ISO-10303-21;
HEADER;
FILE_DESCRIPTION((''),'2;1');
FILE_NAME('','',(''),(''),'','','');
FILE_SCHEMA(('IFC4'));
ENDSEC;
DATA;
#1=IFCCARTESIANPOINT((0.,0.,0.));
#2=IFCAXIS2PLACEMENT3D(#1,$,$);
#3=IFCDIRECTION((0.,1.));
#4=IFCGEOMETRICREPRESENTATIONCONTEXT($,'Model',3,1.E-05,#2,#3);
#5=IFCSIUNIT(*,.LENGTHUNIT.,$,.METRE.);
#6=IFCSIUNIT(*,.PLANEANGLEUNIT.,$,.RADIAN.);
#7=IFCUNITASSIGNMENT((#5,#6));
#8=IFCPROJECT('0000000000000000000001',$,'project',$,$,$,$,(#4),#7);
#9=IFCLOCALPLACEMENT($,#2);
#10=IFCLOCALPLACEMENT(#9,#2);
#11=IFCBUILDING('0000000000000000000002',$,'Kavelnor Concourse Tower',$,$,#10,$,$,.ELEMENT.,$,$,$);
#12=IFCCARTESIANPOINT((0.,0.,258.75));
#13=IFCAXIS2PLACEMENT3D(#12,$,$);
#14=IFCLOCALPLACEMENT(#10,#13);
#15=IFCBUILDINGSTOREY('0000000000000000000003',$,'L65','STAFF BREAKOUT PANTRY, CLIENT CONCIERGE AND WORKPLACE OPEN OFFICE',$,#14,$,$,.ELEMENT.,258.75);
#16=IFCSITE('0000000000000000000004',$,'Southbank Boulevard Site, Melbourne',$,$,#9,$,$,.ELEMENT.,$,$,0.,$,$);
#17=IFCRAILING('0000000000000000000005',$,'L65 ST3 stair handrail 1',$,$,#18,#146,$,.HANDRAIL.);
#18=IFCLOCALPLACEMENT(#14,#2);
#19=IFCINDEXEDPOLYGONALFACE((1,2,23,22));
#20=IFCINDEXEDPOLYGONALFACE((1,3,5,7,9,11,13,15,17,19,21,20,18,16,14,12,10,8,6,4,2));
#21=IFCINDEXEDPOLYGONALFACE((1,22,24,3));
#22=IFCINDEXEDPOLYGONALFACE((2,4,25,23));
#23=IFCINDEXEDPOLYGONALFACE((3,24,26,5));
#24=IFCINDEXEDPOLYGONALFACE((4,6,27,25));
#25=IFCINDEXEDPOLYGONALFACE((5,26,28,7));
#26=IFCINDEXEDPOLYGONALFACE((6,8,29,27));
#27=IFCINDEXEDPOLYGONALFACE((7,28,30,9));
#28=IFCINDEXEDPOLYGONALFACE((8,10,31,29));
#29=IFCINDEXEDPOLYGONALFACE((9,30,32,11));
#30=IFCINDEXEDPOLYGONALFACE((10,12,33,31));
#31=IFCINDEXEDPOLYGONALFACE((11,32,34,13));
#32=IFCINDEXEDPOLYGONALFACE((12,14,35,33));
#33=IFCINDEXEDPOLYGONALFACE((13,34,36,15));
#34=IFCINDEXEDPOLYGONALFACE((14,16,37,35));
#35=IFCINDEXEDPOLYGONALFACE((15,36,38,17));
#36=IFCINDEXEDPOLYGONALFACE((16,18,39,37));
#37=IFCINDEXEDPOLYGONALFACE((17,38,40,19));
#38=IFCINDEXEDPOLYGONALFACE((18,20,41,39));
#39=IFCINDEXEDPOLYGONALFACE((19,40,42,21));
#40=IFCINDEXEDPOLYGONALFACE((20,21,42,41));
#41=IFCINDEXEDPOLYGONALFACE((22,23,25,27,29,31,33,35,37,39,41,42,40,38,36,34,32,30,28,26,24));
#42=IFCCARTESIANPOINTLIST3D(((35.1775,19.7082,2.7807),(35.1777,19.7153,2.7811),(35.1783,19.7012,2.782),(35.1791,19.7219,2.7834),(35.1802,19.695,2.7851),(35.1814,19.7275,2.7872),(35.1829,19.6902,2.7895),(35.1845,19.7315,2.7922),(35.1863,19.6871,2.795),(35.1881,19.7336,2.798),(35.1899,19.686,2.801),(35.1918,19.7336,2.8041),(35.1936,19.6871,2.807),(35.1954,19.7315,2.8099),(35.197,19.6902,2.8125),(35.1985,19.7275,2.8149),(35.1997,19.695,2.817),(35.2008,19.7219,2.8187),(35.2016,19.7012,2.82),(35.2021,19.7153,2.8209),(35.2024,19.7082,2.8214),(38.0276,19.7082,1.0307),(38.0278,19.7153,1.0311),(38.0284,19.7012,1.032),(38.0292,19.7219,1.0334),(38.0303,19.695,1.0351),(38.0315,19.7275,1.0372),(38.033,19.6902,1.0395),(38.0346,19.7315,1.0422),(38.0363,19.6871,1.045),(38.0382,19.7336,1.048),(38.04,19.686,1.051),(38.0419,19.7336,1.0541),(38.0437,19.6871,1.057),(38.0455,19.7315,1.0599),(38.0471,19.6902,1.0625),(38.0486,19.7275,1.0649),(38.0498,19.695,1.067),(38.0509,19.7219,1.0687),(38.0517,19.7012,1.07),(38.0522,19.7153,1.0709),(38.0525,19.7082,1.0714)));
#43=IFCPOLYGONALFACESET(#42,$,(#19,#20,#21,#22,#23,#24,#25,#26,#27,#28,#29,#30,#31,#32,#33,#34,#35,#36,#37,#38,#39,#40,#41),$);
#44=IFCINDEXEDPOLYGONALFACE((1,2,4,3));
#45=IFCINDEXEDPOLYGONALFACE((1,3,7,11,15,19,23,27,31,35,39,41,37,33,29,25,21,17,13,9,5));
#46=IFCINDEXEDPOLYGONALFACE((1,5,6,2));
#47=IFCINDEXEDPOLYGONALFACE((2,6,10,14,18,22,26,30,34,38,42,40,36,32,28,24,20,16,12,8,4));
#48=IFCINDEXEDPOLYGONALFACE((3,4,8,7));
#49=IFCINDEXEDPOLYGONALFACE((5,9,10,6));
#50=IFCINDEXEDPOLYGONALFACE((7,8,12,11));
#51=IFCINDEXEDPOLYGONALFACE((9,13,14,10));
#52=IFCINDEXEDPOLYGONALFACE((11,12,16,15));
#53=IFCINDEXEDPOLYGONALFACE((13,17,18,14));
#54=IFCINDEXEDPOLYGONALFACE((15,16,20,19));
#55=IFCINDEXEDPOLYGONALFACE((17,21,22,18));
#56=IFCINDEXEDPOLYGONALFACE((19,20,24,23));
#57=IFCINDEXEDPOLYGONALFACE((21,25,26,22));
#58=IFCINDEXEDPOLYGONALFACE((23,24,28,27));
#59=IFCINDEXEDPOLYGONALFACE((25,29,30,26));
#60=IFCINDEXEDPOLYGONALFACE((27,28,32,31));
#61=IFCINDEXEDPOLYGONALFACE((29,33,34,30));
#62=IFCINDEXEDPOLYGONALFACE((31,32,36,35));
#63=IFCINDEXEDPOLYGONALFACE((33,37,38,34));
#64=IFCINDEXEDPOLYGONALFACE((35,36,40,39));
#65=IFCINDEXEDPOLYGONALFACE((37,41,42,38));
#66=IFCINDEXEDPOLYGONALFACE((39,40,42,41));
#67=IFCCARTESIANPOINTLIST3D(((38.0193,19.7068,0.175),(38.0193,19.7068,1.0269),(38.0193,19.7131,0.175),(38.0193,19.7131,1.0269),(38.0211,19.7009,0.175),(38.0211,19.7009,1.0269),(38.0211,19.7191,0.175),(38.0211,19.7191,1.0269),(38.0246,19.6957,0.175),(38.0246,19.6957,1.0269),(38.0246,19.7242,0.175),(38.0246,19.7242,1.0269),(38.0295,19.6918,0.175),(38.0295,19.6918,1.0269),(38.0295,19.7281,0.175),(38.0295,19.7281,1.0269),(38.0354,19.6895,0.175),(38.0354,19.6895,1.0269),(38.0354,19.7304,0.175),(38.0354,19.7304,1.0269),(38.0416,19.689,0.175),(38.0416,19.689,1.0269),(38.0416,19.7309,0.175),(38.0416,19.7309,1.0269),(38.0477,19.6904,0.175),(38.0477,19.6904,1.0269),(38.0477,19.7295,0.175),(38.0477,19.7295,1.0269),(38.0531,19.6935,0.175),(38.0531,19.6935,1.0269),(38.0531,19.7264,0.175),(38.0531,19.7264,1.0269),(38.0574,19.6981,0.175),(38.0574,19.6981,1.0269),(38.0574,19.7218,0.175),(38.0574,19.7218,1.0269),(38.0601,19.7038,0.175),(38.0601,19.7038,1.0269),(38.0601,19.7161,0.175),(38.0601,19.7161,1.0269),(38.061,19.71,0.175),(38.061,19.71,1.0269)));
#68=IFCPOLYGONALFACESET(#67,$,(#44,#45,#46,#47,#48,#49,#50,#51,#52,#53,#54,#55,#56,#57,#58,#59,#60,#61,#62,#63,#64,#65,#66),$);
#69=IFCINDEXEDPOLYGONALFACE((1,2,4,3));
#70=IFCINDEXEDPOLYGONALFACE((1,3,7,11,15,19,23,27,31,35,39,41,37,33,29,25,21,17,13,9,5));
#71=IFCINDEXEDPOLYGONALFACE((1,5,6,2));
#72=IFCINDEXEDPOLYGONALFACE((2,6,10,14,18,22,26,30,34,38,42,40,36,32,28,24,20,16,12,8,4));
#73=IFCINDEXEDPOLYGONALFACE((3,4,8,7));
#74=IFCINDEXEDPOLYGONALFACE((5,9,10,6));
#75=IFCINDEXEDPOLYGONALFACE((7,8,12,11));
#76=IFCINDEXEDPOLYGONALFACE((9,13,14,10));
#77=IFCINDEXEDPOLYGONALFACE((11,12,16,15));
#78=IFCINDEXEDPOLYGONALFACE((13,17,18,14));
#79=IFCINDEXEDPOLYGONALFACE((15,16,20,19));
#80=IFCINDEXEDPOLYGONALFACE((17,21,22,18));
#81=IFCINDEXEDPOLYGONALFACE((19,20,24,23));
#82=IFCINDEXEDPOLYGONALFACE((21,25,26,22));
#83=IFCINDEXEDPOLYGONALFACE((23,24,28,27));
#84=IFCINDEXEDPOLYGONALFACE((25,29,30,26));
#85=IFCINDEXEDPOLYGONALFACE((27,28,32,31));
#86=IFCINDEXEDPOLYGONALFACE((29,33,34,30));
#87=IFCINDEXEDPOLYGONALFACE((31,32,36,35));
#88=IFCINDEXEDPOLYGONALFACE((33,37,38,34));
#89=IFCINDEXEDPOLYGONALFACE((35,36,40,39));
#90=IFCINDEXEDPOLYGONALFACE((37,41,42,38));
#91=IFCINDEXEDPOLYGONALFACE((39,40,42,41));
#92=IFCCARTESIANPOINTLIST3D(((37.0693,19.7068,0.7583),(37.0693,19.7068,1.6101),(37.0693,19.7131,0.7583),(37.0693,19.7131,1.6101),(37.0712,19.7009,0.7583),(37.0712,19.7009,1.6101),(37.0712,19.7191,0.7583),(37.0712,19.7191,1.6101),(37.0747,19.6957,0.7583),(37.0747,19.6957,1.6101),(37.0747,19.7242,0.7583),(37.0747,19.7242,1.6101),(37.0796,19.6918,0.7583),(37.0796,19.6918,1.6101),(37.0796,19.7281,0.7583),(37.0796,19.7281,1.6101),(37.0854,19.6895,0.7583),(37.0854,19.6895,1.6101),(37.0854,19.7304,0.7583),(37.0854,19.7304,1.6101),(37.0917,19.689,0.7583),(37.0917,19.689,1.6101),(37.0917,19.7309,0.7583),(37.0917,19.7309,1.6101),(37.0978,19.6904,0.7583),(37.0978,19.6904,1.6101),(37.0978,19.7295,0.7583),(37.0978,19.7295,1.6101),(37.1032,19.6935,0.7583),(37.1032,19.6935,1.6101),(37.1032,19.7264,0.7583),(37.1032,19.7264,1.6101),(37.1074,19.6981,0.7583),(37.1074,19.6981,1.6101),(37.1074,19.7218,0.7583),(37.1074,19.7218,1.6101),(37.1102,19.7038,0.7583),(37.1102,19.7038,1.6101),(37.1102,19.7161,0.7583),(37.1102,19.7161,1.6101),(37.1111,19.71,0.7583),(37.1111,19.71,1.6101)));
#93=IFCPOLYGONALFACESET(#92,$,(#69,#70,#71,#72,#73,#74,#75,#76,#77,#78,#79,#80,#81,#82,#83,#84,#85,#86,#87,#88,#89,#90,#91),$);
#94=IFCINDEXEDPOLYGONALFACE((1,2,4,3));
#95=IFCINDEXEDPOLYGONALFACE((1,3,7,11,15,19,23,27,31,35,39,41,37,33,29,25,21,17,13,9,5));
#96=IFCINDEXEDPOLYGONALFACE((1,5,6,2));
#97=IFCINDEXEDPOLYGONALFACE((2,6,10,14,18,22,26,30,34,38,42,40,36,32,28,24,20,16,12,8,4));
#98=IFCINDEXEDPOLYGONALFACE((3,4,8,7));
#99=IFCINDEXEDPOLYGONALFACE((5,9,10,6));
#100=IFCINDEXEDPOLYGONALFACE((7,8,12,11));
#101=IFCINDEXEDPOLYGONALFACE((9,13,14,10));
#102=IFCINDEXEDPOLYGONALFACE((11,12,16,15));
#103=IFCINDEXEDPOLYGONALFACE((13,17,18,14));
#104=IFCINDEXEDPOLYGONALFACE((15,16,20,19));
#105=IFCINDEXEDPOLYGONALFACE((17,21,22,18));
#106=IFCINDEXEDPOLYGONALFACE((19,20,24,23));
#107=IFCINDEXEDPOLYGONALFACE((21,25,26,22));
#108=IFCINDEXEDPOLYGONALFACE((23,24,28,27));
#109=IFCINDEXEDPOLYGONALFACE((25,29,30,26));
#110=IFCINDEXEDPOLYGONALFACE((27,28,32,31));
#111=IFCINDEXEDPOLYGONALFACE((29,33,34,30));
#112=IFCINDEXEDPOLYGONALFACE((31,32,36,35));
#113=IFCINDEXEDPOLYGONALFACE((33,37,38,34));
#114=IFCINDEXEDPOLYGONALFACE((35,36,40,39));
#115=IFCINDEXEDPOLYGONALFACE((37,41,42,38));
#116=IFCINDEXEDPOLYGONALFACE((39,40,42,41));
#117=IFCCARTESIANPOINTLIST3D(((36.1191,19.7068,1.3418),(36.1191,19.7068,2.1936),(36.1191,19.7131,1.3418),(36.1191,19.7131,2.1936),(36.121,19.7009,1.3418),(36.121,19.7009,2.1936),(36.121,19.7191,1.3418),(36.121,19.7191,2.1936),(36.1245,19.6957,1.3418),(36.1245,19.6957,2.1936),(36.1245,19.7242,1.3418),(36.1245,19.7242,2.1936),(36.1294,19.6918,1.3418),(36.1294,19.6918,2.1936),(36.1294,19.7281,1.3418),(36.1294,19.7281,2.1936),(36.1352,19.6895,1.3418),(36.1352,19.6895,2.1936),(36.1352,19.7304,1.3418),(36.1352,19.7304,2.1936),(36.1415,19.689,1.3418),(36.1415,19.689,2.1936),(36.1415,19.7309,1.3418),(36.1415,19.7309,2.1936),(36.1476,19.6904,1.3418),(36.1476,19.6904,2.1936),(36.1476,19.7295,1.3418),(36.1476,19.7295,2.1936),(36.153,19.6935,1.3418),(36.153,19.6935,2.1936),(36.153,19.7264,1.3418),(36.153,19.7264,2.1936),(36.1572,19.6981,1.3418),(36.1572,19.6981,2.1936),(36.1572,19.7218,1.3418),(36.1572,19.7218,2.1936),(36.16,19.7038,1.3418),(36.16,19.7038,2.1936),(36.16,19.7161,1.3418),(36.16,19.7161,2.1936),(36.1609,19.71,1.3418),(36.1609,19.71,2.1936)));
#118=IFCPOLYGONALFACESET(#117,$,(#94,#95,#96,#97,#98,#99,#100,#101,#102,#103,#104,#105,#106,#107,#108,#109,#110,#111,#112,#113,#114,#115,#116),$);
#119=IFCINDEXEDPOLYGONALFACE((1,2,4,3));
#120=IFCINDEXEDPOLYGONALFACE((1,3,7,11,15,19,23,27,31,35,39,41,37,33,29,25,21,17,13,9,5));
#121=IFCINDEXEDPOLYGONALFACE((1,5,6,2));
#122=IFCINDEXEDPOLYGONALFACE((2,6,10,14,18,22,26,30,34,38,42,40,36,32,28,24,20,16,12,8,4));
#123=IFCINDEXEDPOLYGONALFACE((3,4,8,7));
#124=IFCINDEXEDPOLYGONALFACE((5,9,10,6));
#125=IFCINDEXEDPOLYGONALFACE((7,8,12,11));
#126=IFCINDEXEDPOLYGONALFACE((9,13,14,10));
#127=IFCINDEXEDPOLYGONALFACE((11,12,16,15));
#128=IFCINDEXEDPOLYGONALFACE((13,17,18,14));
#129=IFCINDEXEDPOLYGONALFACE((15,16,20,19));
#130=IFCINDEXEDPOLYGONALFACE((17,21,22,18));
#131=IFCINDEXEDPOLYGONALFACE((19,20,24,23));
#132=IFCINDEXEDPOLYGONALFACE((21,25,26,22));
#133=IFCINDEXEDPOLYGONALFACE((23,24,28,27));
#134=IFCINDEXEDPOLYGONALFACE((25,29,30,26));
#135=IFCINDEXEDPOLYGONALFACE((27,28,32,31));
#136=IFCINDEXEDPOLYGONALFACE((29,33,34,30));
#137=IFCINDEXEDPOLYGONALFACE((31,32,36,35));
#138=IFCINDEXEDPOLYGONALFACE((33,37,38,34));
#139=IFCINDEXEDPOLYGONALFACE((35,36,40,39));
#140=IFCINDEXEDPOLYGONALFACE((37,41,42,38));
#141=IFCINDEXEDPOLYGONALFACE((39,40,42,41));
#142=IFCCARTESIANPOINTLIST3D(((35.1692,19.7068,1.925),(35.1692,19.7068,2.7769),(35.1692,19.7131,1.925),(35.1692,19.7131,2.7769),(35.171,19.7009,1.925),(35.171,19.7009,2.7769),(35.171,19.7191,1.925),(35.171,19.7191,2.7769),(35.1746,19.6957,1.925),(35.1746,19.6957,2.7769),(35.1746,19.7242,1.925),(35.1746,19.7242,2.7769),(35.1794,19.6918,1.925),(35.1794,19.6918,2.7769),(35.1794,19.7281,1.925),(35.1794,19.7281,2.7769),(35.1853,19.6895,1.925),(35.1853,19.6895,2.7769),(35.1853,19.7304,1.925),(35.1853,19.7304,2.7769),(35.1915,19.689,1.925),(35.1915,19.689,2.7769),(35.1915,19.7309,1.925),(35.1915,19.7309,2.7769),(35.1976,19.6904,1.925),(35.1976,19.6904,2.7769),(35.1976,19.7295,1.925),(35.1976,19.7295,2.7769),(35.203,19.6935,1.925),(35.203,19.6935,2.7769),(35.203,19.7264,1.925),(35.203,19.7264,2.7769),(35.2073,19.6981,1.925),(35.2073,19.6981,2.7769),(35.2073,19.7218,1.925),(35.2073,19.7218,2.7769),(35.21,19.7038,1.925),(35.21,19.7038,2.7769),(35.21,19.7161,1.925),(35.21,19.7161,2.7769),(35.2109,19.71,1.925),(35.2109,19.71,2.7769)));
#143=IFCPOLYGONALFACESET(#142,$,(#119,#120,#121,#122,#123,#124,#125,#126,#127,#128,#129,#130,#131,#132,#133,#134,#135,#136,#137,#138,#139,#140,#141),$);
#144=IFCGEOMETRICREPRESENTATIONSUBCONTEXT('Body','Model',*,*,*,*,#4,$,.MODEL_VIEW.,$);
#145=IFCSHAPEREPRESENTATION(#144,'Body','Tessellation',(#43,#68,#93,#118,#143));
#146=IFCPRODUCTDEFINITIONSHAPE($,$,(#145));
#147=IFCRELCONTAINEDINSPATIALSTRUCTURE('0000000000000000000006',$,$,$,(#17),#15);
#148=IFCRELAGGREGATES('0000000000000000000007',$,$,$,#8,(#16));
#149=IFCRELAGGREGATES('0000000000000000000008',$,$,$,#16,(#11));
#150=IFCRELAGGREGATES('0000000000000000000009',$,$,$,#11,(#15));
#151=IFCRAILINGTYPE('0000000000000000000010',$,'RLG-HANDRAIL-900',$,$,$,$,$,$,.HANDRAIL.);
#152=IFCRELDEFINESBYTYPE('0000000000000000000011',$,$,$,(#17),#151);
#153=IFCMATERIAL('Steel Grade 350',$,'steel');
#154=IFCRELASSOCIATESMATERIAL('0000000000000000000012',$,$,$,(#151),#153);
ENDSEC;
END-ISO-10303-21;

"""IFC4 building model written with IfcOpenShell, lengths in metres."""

from ifc_helpers import new_model, si_unit, direction, frame, origin, origin_2d, place, context, subcontext, project, spatial, circle, extrude, material, type_object, element, save


model = new_model("IFC4")

# Units and contexts
model_context = context("Model", 3, precision=1e-05, world=origin(), true_north=direction((0.0, 1.0)))
body_context = subcontext(model_context, "Body", "Model", "MODEL_VIEW")
ifc_project = project(units=[si_unit("LENGTHUNIT", "METRE"), si_unit("PLANEANGLEUNIT", "RADIAN")], contexts=[model_context])

# Site, building, storey
site_placement = place(None, origin())
site = spatial("IfcSite", under=ifc_project, at=site_placement, Name="Southbank Boulevard Site, Melbourne", CompositionType="ELEMENT", RefElevation=0.0)
building_placement = place(site_placement, origin())
building = spatial("IfcBuilding", under=site, at=building_placement, Name="Kavelnor Concourse Tower", CompositionType="ELEMENT")
storey_placement = place(building_placement, frame((0.0, 0.0, 258.75)))
storey = spatial("IfcBuildingStorey", under=building, at=storey_placement, Name="L65", Description="STAFF BREAKOUT PANTRY, CLIENT CONCIERGE AND WORKPLACE OPEN OFFICE", CompositionType="ELEMENT", Elevation=258.75)

# Shared definitions
ifc_material_1 = material(Name="Steel Grade 350", Category="steel")

# Railing
railing_type_1 = type_object("IfcRailingType", Name="RLG-HANDRAIL-900", PredefinedType="HANDRAIL", material=ifc_material_1)
railing_1_placement = place(storey_placement, frame((38.04, 19.71, 0.175)))
element("IfcRailing", 1, at=railing_1_placement, inside=storey, type_object=railing_type_1, Name="L65 ST3 stair handrail 1", PredefinedType="HANDRAIL", context=body_context, shape_type="SweptSolid", body=[
    extrude(circle(Radius=0.0239, at=origin_2d()), frame((0.0, 0.0, 0.876), z_axis=(-0.852179, 0.0, 0.52325), x_axis=(0.0, -1.0, 0.0)), (0.0, 0.0, 1.0), 3.3445),
    extrude(circle(Radius=0.021, at=origin_2d()), origin(), (0.0, 0.0, 1.0), 0.8518),
    extrude(circle(Radius=0.021, at=origin_2d()), frame((-0.95, 0.0, 0.5833)), (0.0, 0.0, 1.0), 0.8518),
    extrude(circle(Radius=0.021, at=origin_2d()), frame((-1.9001, 0.0, 1.1667)), (0.0, 0.0, 1.0), 0.8518),
    extrude(circle(Radius=0.021, at=origin_2d()), frame((-2.8501, 0.0, 1.75)), (0.0, 0.0, 1.0), 0.8518),
])

save(model, "model.ifc")
